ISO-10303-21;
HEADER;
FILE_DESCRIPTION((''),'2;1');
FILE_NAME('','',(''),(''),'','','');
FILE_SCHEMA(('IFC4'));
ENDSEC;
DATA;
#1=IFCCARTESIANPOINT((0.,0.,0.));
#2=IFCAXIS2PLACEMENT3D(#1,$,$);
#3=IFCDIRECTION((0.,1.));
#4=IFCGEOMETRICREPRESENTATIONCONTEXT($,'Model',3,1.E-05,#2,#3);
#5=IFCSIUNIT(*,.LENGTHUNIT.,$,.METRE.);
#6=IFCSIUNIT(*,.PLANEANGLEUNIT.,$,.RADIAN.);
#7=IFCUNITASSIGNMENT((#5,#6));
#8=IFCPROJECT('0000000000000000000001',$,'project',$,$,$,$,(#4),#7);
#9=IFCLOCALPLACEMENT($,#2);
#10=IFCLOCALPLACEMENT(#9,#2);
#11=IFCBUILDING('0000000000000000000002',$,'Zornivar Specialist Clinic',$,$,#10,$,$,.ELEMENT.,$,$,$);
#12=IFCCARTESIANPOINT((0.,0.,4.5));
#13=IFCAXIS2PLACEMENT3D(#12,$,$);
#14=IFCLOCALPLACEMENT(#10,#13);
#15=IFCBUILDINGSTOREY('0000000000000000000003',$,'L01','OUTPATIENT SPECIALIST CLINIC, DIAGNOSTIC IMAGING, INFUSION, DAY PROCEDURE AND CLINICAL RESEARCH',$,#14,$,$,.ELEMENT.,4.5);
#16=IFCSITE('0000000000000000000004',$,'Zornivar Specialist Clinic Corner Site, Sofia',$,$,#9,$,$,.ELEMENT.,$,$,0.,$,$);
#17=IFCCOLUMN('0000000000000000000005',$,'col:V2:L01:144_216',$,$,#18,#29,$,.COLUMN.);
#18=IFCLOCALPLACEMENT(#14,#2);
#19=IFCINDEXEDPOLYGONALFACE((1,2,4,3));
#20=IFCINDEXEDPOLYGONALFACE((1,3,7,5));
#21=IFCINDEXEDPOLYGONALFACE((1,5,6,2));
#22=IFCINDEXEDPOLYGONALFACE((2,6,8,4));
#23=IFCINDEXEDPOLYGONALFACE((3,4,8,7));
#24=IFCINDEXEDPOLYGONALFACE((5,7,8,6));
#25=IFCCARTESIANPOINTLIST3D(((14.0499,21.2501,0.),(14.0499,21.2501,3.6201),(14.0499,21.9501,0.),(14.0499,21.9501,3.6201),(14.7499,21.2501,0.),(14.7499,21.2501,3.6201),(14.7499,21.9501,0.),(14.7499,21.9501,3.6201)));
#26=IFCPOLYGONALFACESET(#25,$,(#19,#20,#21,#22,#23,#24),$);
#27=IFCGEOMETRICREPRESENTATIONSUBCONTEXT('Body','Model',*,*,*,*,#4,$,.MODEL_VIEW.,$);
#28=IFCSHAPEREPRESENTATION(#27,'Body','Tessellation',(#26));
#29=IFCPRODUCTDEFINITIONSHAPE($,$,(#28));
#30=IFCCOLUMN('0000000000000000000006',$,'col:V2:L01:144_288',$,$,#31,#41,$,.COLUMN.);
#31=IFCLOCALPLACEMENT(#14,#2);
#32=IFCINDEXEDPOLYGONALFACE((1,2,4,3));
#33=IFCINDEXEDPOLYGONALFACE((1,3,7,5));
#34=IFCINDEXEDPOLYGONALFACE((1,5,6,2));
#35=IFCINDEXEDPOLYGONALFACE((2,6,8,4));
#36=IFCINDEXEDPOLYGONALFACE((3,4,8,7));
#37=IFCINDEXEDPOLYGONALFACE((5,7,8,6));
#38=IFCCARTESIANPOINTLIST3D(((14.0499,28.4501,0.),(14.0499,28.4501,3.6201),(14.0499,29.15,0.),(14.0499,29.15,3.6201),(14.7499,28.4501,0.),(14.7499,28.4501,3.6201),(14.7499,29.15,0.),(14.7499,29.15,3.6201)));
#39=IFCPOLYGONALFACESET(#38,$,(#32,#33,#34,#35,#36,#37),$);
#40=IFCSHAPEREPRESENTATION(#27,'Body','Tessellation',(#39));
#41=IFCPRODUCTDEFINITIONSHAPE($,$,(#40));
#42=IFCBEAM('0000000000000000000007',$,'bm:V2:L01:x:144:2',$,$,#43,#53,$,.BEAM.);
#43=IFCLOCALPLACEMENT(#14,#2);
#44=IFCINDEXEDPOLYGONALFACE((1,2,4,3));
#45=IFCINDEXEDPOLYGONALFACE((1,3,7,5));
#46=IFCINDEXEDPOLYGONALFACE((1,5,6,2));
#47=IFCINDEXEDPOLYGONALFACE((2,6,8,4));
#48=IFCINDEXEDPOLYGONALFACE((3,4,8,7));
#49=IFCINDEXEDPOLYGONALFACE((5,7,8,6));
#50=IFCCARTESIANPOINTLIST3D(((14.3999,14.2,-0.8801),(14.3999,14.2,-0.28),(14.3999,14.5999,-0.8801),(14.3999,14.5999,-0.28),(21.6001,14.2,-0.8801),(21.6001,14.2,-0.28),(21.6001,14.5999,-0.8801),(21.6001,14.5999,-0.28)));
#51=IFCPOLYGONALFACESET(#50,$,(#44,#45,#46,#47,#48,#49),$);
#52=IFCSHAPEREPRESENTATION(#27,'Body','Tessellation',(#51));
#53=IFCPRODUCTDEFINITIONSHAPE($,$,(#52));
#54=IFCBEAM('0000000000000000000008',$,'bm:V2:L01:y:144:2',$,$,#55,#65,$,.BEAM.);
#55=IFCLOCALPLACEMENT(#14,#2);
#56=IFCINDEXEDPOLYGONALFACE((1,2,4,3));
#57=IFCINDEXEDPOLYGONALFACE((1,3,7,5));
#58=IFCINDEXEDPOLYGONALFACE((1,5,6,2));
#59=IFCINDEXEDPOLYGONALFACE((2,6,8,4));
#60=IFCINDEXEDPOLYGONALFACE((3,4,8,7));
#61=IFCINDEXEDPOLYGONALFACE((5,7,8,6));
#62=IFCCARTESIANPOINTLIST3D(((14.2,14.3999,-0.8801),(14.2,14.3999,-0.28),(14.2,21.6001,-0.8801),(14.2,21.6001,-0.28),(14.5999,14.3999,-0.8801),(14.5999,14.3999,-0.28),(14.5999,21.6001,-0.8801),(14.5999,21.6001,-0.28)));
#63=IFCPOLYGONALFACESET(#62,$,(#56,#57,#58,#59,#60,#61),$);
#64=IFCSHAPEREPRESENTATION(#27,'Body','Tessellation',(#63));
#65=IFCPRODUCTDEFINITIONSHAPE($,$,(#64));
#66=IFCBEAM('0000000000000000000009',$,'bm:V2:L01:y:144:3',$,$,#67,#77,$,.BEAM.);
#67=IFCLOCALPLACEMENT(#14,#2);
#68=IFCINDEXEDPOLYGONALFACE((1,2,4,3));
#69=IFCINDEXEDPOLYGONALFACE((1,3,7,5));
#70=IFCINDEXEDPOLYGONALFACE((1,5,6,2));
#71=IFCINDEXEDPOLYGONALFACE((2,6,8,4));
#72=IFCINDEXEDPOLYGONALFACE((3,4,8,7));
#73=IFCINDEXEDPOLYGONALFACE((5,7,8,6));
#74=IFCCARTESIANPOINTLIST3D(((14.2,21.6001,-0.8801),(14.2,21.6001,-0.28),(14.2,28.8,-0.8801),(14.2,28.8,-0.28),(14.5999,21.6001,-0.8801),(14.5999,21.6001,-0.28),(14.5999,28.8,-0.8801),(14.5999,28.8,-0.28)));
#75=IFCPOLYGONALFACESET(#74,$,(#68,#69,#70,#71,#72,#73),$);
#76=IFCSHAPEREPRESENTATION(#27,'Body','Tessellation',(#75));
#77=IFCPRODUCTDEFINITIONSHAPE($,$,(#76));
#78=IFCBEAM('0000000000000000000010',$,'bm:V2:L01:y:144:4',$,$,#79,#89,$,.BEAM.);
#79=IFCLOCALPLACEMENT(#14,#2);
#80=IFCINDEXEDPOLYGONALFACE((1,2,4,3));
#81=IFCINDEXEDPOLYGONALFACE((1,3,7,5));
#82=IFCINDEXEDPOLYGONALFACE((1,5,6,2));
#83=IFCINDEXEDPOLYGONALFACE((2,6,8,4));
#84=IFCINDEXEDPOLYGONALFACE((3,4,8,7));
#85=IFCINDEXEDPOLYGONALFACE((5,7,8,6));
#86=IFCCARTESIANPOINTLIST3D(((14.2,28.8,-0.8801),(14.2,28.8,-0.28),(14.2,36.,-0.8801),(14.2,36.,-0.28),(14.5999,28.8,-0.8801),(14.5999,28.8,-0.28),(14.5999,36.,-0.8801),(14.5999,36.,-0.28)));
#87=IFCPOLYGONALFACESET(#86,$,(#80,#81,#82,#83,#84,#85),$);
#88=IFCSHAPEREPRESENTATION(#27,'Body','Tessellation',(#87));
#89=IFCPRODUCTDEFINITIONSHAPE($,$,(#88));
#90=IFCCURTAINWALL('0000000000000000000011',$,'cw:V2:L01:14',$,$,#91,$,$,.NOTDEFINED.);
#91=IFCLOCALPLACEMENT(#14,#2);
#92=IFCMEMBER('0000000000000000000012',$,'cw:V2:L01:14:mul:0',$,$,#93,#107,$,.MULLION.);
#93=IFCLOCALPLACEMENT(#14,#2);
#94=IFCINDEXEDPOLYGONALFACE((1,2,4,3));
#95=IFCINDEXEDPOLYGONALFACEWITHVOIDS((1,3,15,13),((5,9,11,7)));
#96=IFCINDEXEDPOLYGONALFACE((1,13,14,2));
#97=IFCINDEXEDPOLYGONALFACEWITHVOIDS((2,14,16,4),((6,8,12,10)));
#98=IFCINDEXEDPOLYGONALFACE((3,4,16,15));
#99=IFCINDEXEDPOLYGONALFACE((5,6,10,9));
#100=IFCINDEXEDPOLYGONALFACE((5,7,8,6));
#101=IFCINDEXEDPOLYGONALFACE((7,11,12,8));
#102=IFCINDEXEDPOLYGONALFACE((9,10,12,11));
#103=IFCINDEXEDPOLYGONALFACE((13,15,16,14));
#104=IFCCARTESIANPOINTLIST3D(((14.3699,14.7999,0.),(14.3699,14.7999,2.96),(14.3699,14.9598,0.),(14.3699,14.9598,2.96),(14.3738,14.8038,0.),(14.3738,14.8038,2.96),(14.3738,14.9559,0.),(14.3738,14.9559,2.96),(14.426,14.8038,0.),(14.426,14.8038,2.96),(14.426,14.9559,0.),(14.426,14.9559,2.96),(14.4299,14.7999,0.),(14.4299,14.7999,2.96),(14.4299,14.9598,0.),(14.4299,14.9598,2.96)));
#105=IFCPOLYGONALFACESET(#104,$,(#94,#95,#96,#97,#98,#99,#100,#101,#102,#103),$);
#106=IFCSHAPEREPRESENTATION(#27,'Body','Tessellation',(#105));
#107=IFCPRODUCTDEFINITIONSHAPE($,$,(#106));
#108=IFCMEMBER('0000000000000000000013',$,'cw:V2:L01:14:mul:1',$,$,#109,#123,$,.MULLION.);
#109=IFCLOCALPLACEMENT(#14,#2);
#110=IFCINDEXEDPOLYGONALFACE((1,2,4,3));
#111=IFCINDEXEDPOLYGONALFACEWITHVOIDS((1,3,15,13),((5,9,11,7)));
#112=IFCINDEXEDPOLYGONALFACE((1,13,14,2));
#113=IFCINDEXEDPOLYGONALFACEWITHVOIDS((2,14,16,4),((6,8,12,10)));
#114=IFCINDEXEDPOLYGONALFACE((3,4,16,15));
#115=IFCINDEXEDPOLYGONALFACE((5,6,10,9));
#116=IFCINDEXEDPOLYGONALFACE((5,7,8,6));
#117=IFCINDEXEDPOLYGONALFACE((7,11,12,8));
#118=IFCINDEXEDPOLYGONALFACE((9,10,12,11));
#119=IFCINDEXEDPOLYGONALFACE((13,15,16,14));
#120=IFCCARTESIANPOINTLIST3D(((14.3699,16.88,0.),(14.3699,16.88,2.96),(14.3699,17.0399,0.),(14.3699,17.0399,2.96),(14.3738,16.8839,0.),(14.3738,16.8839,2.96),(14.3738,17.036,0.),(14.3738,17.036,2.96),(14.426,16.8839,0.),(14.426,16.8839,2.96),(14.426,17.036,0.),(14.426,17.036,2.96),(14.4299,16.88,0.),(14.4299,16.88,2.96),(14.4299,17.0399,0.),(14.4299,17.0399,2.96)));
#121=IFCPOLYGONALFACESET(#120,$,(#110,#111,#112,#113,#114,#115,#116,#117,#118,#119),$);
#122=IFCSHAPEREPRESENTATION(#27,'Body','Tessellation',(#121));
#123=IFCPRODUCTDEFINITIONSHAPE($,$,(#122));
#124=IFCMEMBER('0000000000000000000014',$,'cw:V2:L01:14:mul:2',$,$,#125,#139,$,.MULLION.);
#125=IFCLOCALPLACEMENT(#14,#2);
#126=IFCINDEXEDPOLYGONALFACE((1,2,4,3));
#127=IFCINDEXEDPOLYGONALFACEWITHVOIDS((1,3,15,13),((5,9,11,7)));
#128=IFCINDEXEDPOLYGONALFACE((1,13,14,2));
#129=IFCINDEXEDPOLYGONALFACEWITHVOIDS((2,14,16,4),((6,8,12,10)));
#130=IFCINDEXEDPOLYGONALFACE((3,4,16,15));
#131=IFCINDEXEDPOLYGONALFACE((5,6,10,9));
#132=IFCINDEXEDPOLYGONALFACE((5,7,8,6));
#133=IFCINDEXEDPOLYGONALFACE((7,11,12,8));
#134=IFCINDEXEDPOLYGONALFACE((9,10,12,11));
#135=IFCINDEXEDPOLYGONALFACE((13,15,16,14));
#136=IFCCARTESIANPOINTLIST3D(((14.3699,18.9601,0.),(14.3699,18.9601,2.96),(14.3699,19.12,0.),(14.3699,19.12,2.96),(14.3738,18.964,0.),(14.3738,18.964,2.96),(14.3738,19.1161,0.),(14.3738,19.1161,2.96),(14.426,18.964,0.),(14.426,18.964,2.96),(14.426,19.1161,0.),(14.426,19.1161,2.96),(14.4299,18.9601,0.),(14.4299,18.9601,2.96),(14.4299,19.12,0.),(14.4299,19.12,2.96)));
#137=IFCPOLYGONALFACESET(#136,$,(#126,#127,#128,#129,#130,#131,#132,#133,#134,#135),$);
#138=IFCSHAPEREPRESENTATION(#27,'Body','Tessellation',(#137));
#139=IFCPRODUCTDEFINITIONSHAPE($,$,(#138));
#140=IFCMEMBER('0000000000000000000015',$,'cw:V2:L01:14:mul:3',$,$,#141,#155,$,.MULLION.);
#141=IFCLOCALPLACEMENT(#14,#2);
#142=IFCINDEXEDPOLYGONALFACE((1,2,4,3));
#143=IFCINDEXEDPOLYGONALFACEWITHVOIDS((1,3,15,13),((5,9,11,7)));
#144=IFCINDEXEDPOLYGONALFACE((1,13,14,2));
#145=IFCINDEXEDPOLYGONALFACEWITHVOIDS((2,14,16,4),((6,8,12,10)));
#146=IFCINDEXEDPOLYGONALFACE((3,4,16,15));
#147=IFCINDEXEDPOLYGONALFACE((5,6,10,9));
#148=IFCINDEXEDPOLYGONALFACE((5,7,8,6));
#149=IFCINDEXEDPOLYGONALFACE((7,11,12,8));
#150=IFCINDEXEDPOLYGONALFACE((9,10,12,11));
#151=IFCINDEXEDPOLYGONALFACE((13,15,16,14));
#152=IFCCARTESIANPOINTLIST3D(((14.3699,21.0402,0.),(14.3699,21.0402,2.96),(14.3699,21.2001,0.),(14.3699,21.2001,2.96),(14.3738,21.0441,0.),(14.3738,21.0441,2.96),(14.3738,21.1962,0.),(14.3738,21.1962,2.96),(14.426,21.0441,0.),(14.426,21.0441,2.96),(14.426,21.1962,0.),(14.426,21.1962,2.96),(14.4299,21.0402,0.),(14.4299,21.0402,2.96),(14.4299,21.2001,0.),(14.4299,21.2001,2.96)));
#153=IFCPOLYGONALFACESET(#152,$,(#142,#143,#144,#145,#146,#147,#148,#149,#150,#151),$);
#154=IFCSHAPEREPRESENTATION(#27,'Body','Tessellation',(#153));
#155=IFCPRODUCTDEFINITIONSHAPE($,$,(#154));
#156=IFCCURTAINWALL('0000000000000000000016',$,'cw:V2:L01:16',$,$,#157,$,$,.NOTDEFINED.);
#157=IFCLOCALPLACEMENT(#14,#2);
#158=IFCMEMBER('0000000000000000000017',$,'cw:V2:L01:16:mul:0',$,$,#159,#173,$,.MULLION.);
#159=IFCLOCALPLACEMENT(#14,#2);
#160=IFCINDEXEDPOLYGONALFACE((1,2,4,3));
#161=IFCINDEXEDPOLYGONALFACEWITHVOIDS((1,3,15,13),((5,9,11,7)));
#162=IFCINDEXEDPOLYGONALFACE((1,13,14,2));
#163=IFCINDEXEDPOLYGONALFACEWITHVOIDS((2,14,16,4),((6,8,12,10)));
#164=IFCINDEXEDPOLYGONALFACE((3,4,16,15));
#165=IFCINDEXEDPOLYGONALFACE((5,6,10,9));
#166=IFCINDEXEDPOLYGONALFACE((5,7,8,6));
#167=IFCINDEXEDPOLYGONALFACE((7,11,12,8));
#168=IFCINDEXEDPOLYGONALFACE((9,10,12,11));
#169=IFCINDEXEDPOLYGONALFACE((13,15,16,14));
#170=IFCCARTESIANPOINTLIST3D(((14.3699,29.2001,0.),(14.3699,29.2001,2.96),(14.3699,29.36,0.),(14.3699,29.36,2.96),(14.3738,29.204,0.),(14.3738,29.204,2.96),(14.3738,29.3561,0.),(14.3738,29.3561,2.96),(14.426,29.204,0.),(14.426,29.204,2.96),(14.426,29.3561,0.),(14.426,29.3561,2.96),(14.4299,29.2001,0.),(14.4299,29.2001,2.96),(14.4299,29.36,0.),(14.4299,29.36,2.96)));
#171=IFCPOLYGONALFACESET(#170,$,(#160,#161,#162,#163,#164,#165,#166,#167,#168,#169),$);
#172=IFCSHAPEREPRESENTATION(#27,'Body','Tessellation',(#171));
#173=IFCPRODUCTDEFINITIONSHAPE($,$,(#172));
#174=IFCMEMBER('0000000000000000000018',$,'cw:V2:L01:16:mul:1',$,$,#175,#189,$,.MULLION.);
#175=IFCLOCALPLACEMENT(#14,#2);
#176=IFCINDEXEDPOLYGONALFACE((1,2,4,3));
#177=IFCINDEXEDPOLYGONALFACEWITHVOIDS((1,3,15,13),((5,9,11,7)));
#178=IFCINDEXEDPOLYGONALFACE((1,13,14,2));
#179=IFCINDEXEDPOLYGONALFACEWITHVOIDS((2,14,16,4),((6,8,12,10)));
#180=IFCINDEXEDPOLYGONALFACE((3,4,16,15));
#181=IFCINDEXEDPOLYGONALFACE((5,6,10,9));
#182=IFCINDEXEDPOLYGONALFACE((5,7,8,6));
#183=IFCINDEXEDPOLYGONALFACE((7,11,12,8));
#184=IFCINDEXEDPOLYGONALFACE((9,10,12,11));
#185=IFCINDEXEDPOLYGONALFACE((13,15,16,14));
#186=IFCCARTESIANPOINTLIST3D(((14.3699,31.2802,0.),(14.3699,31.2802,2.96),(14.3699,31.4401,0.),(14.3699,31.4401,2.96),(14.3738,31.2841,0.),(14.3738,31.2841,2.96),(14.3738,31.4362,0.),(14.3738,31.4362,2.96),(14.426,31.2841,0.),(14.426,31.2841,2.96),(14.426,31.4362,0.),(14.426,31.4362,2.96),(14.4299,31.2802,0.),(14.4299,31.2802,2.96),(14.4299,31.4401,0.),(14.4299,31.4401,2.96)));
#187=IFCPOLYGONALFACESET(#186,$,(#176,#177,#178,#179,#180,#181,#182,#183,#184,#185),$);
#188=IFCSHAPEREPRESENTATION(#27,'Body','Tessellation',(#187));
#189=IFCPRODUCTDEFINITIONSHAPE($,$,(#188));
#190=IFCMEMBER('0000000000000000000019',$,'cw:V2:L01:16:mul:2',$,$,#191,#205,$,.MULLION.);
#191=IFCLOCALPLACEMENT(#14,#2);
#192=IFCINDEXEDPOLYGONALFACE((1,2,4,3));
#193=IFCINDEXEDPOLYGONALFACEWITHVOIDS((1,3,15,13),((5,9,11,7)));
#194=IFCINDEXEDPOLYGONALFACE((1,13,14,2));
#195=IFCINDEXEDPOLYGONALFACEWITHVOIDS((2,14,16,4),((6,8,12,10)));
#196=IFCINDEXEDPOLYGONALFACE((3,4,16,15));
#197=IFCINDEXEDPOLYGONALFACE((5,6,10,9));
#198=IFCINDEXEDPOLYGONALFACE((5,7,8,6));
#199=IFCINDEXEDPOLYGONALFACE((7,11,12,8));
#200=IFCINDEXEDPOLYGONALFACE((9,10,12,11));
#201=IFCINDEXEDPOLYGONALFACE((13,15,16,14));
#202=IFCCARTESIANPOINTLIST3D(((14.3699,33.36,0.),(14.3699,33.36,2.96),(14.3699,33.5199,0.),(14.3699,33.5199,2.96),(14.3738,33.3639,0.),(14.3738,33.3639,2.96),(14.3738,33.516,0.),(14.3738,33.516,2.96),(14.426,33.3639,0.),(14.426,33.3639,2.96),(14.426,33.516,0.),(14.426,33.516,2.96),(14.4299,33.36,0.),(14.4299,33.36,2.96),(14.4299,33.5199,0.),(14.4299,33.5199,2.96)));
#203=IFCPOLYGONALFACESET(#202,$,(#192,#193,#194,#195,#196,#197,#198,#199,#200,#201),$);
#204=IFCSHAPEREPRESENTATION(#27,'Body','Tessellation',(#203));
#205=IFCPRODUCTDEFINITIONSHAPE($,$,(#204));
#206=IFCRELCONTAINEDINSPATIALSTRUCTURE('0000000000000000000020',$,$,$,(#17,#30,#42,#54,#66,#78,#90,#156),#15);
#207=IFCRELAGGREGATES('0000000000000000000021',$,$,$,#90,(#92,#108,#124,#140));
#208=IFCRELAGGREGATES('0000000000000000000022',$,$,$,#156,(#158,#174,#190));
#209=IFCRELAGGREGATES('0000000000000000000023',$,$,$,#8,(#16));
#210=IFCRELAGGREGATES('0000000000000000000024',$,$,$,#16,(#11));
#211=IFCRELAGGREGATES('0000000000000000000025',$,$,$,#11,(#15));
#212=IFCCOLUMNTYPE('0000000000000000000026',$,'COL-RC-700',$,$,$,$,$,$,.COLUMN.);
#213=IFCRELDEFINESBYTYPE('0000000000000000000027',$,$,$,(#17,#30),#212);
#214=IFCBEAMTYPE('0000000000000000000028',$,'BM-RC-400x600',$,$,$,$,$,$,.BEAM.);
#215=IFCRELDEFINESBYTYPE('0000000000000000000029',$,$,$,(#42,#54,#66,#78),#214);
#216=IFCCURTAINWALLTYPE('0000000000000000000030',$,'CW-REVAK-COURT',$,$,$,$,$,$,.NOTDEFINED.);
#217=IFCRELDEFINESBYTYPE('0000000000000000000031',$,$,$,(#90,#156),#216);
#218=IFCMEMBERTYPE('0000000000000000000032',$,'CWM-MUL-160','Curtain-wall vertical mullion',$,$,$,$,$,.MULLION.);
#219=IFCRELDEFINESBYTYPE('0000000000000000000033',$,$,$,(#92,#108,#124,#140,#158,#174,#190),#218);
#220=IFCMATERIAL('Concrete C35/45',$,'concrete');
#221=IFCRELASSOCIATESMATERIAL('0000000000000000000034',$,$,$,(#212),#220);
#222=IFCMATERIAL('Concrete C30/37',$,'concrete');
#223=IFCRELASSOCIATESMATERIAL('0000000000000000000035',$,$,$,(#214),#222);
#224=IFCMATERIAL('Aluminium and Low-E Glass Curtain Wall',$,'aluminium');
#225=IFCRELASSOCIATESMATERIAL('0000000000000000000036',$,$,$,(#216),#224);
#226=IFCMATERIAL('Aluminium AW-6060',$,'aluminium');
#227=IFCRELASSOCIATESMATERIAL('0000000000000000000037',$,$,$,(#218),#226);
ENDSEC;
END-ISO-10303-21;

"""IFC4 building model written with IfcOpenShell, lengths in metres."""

from ifc_helpers import new_model, si_unit, direction, frame, origin, origin_2d, place, context, subcontext, project, spatial, rectangle, hollow_rectangle, extrude, material, material_profile, profile_set, type_object, element, aggregate, save


model = new_model("IFC4")

# Units and contexts
model_context = context("Model", 3, precision=1e-05, world=origin(), true_north=direction((0.0, 1.0)))
body_context = subcontext(model_context, "Body", "Model", "MODEL_VIEW")
ifc_project = project(units=[si_unit("LENGTHUNIT", "METRE"), si_unit("PLANEANGLEUNIT", "RADIAN")], contexts=[model_context])

# Site, building, storey
site_placement = place(None, origin())
site = spatial("IfcSite", under=ifc_project, at=site_placement, Name="Zornivar Specialist Clinic Corner Site, Sofia", CompositionType="ELEMENT", RefElevation=0.0)
building_placement = place(site_placement, origin())
building = spatial("IfcBuilding", under=site, at=building_placement, Name="Zornivar Specialist Clinic", CompositionType="ELEMENT")
storey_placement = place(building_placement, frame((0.0, 0.0, 4.5)))
storey = spatial("IfcBuildingStorey", under=building, at=storey_placement, Name="L01", Description="OUTPATIENT SPECIALIST CLINIC, DIAGNOSTIC IMAGING, INFUSION, DAY PROCEDURE AND CLINICAL RESEARCH", CompositionType="ELEMENT", Elevation=4.5)

# Columns
ifc_material_1 = material(Name="Concrete C35/45", Category="concrete")
ifc_material_profile_1 = material_profile(ifc_material_1, rectangle(XDim=0.7, YDim=0.7, at=origin_2d()), Name="RC 700x700")
ifc_profile_set_1 = profile_set([ifc_material_profile_1], Name="Concrete C35/45")
column_type = type_object("IfcColumnType", Name="COL-RC-700", PredefinedType="COLUMN", material=ifc_profile_set_1)
for number, where, z_axis, x_axis, name in (
    (1, (14.3999, 21.6001, 0.0), (0.0, 0.0, 1.0), (1.0, 0.0, 0.0), "col:V2:L01:144_216"),
    (2, (14.3999, 28.8, 0.0), (0.0, 0.0, 1.0), (1.0, 0.0, 0.0), "col:V2:L01:144_288"),
):
    element("IfcColumn", number, at=place(storey_placement, frame(where, z_axis=z_axis, x_axis=x_axis)), inside=storey, type_object=column_type, Name=name, PredefinedType="COLUMN", context=body_context, shape_type="SweptSolid", body=[
        extrude(rectangle(XDim=0.7, YDim=0.7, at=origin_2d()), origin(), (0.0, 0.0, 1.0), 3.6201),
    ])

# Beams
ifc_material_2 = material(Name="Concrete C30/37", Category="concrete")
ifc_material_profile_2 = material_profile(ifc_material_2, rectangle(XDim=0.3999, YDim=0.6001, at=origin_2d()), Name="RC 400x600")
ifc_profile_set_2 = profile_set([ifc_material_profile_2], Name="Concrete C30/37")
beam_type = type_object("IfcBeamType", Name="BM-RC-400x600", PredefinedType="BEAM", material=ifc_profile_set_2)
for number, where, z_axis, x_axis, name in (
    (3, (14.3999, 14.3999, -0.5801), (1.0, 0.0, 0.0), (0.0, 1.0, 0.0), "bm:V2:L01:x:144:2"),
    (4, (14.3999, 14.3999, -0.5801), (0.0, 1.0, 0.0), (-1.0, 0.0, 0.0), "bm:V2:L01:y:144:2"),
):
    element("IfcBeam", number, at=place(storey_placement, frame(where, z_axis=z_axis, x_axis=x_axis)), inside=storey, type_object=beam_type, Name=name, PredefinedType="BEAM", context=body_context, shape_type="SweptSolid", body=[
        extrude(rectangle(XDim=0.3999, YDim=0.6001, at=origin_2d()), origin(), (0.0, 0.0, 1.0), 7.2002),
    ])
for number, where, z_axis, x_axis, name in (
    (5, (14.3999, 21.6001, -0.5801), (0.0, 1.0, 0.0), (-1.0, 0.0, 0.0), "bm:V2:L01:y:144:3"),
    (6, (14.3999, 28.8, -0.5801), (0.0, 1.0, 0.0), (-1.0, 0.0, 0.0), "bm:V2:L01:y:144:4"),
):
    element("IfcBeam", number, at=place(storey_placement, frame(where, z_axis=z_axis, x_axis=x_axis)), inside=storey, type_object=beam_type, Name=name, PredefinedType="BEAM", context=body_context, shape_type="SweptSolid", body=[
        extrude(rectangle(XDim=0.3999, YDim=0.6001, at=origin_2d()), origin(), (0.0, 0.0, 1.0), 7.2),
    ])

# Curtain walls, members
ifc_material_3 = material(Name="Aluminium and Low-E Glass Curtain Wall", Category="aluminium")
curtain_wall_type = type_object("IfcCurtainWallType", Name="CW-REVAK-COURT", PredefinedType="NOTDEFINED", material=ifc_material_3)
curtain_wall_1_placement = place(storey_placement, origin())
curtain_wall_1 = element("IfcCurtainWall", 7, at=curtain_wall_1_placement, inside=storey, type_object=curtain_wall_type, Name="cw:V2:L01:14", PredefinedType="NOTDEFINED")
ifc_material_4 = material(Name="Aluminium AW-6060", Category="aluminium")
ifc_material_profile_3 = material_profile(ifc_material_4, hollow_rectangle(XDim=0.0601, YDim=0.1599, WallThickness=0.0039, at=origin_2d()), Name="ALU 60x160x4")
ifc_profile_set_3 = profile_set([ifc_material_profile_3], Name="Aluminium AW-6060")
member_type_1 = type_object("IfcMemberType", Name="CWM-MUL-160", Description="Curtain-wall vertical mullion", PredefinedType="MULLION", material=ifc_profile_set_3)
member_1_placement = place(storey_placement, frame((14.3999, 14.8799, 0.0), z_axis=(0.0, 0.0, 1.0), x_axis=(1.0, 0.0, 0.0)))
member_1 = element("IfcMember", 8, at=member_1_placement, type_object=member_type_1, Name="cw:V2:L01:14:mul:0", PredefinedType="MULLION", context=body_context, shape_type="SweptSolid", body=[
    extrude(hollow_rectangle(XDim=0.0601, YDim=0.1599, WallThickness=0.0039, at=origin_2d()), origin(), (0.0, 0.0, 1.0), 2.96),
])
member_2_placement = place(storey_placement, frame((14.3999, 16.96, 0.0), z_axis=(0.0, 0.0, 1.0), x_axis=(1.0, 0.0, 0.0)))
member_2 = element("IfcMember", 9, at=member_2_placement, type_object=member_type_1, Name="cw:V2:L01:14:mul:1", PredefinedType="MULLION", context=body_context, shape_type="SweptSolid", body=[
    extrude(hollow_rectangle(XDim=0.0601, YDim=0.1599, WallThickness=0.0039, at=origin_2d()), origin(), (0.0, 0.0, 1.0), 2.96),
])
member_3_placement = place(storey_placement, frame((14.3999, 19.04, 0.0), z_axis=(0.0, 0.0, 1.0), x_axis=(1.0, 0.0, 0.0)))
member_3 = element("IfcMember", 10, at=member_3_placement, type_object=member_type_1, Name="cw:V2:L01:14:mul:2", PredefinedType="MULLION", context=body_context, shape_type="SweptSolid", body=[
    extrude(hollow_rectangle(XDim=0.0601, YDim=0.1599, WallThickness=0.0039, at=origin_2d()), origin(), (0.0, 0.0, 1.0), 2.96),
])
member_4_placement = place(storey_placement, frame((14.3999, 21.1201, 0.0), z_axis=(0.0, 0.0, 1.0), x_axis=(1.0, 0.0, 0.0)))
member_4 = element("IfcMember", 11, at=member_4_placement, type_object=member_type_1, Name="cw:V2:L01:14:mul:3", PredefinedType="MULLION", context=body_context, shape_type="SweptSolid", body=[
    extrude(hollow_rectangle(XDim=0.0601, YDim=0.1599, WallThickness=0.0039, at=origin_2d()), origin(), (0.0, 0.0, 1.0), 2.96),
])
curtain_wall_2_placement = place(storey_placement, origin())
curtain_wall_2 = element("IfcCurtainWall", 12, at=curtain_wall_2_placement, inside=storey, type_object=curtain_wall_type, Name="cw:V2:L01:16", PredefinedType="NOTDEFINED")
member_5_placement = place(storey_placement, frame((14.3999, 29.28, 0.0), z_axis=(0.0, 0.0, 1.0), x_axis=(1.0, 0.0, 0.0)))
member_5 = element("IfcMember", 13, at=member_5_placement, type_object=member_type_1, Name="cw:V2:L01:16:mul:0", PredefinedType="MULLION", context=body_context, shape_type="SweptSolid", body=[
    extrude(hollow_rectangle(XDim=0.0601, YDim=0.1599, WallThickness=0.0039, at=origin_2d()), origin(), (0.0, 0.0, 1.0), 2.96),
])
member_6_placement = place(storey_placement, frame((14.3999, 31.3601, 0.0), z_axis=(0.0, 0.0, 1.0), x_axis=(1.0, 0.0, 0.0)))
member_6 = element("IfcMember", 14, at=member_6_placement, type_object=member_type_1, Name="cw:V2:L01:16:mul:1", PredefinedType="MULLION", context=body_context, shape_type="SweptSolid", body=[
    extrude(hollow_rectangle(XDim=0.0601, YDim=0.1599, WallThickness=0.0039, at=origin_2d()), origin(), (0.0, 0.0, 1.0), 2.96),
])
member_7_placement = place(storey_placement, frame((14.3999, 33.4399, 0.0), z_axis=(0.0, 0.0, 1.0), x_axis=(1.0, 0.0, 0.0)))
member_7 = element("IfcMember", 15, at=member_7_placement, type_object=member_type_1, Name="cw:V2:L01:16:mul:2", PredefinedType="MULLION", context=body_context, shape_type="SweptSolid", body=[
    extrude(hollow_rectangle(XDim=0.0601, YDim=0.1599, WallThickness=0.0039, at=origin_2d()), origin(), (0.0, 0.0, 1.0), 2.96),
])

aggregate(curtain_wall_1, [member_1, member_2, member_3, member_4])
aggregate(curtain_wall_2, [member_5, member_6, member_7])

save(model, "model.ifc")
